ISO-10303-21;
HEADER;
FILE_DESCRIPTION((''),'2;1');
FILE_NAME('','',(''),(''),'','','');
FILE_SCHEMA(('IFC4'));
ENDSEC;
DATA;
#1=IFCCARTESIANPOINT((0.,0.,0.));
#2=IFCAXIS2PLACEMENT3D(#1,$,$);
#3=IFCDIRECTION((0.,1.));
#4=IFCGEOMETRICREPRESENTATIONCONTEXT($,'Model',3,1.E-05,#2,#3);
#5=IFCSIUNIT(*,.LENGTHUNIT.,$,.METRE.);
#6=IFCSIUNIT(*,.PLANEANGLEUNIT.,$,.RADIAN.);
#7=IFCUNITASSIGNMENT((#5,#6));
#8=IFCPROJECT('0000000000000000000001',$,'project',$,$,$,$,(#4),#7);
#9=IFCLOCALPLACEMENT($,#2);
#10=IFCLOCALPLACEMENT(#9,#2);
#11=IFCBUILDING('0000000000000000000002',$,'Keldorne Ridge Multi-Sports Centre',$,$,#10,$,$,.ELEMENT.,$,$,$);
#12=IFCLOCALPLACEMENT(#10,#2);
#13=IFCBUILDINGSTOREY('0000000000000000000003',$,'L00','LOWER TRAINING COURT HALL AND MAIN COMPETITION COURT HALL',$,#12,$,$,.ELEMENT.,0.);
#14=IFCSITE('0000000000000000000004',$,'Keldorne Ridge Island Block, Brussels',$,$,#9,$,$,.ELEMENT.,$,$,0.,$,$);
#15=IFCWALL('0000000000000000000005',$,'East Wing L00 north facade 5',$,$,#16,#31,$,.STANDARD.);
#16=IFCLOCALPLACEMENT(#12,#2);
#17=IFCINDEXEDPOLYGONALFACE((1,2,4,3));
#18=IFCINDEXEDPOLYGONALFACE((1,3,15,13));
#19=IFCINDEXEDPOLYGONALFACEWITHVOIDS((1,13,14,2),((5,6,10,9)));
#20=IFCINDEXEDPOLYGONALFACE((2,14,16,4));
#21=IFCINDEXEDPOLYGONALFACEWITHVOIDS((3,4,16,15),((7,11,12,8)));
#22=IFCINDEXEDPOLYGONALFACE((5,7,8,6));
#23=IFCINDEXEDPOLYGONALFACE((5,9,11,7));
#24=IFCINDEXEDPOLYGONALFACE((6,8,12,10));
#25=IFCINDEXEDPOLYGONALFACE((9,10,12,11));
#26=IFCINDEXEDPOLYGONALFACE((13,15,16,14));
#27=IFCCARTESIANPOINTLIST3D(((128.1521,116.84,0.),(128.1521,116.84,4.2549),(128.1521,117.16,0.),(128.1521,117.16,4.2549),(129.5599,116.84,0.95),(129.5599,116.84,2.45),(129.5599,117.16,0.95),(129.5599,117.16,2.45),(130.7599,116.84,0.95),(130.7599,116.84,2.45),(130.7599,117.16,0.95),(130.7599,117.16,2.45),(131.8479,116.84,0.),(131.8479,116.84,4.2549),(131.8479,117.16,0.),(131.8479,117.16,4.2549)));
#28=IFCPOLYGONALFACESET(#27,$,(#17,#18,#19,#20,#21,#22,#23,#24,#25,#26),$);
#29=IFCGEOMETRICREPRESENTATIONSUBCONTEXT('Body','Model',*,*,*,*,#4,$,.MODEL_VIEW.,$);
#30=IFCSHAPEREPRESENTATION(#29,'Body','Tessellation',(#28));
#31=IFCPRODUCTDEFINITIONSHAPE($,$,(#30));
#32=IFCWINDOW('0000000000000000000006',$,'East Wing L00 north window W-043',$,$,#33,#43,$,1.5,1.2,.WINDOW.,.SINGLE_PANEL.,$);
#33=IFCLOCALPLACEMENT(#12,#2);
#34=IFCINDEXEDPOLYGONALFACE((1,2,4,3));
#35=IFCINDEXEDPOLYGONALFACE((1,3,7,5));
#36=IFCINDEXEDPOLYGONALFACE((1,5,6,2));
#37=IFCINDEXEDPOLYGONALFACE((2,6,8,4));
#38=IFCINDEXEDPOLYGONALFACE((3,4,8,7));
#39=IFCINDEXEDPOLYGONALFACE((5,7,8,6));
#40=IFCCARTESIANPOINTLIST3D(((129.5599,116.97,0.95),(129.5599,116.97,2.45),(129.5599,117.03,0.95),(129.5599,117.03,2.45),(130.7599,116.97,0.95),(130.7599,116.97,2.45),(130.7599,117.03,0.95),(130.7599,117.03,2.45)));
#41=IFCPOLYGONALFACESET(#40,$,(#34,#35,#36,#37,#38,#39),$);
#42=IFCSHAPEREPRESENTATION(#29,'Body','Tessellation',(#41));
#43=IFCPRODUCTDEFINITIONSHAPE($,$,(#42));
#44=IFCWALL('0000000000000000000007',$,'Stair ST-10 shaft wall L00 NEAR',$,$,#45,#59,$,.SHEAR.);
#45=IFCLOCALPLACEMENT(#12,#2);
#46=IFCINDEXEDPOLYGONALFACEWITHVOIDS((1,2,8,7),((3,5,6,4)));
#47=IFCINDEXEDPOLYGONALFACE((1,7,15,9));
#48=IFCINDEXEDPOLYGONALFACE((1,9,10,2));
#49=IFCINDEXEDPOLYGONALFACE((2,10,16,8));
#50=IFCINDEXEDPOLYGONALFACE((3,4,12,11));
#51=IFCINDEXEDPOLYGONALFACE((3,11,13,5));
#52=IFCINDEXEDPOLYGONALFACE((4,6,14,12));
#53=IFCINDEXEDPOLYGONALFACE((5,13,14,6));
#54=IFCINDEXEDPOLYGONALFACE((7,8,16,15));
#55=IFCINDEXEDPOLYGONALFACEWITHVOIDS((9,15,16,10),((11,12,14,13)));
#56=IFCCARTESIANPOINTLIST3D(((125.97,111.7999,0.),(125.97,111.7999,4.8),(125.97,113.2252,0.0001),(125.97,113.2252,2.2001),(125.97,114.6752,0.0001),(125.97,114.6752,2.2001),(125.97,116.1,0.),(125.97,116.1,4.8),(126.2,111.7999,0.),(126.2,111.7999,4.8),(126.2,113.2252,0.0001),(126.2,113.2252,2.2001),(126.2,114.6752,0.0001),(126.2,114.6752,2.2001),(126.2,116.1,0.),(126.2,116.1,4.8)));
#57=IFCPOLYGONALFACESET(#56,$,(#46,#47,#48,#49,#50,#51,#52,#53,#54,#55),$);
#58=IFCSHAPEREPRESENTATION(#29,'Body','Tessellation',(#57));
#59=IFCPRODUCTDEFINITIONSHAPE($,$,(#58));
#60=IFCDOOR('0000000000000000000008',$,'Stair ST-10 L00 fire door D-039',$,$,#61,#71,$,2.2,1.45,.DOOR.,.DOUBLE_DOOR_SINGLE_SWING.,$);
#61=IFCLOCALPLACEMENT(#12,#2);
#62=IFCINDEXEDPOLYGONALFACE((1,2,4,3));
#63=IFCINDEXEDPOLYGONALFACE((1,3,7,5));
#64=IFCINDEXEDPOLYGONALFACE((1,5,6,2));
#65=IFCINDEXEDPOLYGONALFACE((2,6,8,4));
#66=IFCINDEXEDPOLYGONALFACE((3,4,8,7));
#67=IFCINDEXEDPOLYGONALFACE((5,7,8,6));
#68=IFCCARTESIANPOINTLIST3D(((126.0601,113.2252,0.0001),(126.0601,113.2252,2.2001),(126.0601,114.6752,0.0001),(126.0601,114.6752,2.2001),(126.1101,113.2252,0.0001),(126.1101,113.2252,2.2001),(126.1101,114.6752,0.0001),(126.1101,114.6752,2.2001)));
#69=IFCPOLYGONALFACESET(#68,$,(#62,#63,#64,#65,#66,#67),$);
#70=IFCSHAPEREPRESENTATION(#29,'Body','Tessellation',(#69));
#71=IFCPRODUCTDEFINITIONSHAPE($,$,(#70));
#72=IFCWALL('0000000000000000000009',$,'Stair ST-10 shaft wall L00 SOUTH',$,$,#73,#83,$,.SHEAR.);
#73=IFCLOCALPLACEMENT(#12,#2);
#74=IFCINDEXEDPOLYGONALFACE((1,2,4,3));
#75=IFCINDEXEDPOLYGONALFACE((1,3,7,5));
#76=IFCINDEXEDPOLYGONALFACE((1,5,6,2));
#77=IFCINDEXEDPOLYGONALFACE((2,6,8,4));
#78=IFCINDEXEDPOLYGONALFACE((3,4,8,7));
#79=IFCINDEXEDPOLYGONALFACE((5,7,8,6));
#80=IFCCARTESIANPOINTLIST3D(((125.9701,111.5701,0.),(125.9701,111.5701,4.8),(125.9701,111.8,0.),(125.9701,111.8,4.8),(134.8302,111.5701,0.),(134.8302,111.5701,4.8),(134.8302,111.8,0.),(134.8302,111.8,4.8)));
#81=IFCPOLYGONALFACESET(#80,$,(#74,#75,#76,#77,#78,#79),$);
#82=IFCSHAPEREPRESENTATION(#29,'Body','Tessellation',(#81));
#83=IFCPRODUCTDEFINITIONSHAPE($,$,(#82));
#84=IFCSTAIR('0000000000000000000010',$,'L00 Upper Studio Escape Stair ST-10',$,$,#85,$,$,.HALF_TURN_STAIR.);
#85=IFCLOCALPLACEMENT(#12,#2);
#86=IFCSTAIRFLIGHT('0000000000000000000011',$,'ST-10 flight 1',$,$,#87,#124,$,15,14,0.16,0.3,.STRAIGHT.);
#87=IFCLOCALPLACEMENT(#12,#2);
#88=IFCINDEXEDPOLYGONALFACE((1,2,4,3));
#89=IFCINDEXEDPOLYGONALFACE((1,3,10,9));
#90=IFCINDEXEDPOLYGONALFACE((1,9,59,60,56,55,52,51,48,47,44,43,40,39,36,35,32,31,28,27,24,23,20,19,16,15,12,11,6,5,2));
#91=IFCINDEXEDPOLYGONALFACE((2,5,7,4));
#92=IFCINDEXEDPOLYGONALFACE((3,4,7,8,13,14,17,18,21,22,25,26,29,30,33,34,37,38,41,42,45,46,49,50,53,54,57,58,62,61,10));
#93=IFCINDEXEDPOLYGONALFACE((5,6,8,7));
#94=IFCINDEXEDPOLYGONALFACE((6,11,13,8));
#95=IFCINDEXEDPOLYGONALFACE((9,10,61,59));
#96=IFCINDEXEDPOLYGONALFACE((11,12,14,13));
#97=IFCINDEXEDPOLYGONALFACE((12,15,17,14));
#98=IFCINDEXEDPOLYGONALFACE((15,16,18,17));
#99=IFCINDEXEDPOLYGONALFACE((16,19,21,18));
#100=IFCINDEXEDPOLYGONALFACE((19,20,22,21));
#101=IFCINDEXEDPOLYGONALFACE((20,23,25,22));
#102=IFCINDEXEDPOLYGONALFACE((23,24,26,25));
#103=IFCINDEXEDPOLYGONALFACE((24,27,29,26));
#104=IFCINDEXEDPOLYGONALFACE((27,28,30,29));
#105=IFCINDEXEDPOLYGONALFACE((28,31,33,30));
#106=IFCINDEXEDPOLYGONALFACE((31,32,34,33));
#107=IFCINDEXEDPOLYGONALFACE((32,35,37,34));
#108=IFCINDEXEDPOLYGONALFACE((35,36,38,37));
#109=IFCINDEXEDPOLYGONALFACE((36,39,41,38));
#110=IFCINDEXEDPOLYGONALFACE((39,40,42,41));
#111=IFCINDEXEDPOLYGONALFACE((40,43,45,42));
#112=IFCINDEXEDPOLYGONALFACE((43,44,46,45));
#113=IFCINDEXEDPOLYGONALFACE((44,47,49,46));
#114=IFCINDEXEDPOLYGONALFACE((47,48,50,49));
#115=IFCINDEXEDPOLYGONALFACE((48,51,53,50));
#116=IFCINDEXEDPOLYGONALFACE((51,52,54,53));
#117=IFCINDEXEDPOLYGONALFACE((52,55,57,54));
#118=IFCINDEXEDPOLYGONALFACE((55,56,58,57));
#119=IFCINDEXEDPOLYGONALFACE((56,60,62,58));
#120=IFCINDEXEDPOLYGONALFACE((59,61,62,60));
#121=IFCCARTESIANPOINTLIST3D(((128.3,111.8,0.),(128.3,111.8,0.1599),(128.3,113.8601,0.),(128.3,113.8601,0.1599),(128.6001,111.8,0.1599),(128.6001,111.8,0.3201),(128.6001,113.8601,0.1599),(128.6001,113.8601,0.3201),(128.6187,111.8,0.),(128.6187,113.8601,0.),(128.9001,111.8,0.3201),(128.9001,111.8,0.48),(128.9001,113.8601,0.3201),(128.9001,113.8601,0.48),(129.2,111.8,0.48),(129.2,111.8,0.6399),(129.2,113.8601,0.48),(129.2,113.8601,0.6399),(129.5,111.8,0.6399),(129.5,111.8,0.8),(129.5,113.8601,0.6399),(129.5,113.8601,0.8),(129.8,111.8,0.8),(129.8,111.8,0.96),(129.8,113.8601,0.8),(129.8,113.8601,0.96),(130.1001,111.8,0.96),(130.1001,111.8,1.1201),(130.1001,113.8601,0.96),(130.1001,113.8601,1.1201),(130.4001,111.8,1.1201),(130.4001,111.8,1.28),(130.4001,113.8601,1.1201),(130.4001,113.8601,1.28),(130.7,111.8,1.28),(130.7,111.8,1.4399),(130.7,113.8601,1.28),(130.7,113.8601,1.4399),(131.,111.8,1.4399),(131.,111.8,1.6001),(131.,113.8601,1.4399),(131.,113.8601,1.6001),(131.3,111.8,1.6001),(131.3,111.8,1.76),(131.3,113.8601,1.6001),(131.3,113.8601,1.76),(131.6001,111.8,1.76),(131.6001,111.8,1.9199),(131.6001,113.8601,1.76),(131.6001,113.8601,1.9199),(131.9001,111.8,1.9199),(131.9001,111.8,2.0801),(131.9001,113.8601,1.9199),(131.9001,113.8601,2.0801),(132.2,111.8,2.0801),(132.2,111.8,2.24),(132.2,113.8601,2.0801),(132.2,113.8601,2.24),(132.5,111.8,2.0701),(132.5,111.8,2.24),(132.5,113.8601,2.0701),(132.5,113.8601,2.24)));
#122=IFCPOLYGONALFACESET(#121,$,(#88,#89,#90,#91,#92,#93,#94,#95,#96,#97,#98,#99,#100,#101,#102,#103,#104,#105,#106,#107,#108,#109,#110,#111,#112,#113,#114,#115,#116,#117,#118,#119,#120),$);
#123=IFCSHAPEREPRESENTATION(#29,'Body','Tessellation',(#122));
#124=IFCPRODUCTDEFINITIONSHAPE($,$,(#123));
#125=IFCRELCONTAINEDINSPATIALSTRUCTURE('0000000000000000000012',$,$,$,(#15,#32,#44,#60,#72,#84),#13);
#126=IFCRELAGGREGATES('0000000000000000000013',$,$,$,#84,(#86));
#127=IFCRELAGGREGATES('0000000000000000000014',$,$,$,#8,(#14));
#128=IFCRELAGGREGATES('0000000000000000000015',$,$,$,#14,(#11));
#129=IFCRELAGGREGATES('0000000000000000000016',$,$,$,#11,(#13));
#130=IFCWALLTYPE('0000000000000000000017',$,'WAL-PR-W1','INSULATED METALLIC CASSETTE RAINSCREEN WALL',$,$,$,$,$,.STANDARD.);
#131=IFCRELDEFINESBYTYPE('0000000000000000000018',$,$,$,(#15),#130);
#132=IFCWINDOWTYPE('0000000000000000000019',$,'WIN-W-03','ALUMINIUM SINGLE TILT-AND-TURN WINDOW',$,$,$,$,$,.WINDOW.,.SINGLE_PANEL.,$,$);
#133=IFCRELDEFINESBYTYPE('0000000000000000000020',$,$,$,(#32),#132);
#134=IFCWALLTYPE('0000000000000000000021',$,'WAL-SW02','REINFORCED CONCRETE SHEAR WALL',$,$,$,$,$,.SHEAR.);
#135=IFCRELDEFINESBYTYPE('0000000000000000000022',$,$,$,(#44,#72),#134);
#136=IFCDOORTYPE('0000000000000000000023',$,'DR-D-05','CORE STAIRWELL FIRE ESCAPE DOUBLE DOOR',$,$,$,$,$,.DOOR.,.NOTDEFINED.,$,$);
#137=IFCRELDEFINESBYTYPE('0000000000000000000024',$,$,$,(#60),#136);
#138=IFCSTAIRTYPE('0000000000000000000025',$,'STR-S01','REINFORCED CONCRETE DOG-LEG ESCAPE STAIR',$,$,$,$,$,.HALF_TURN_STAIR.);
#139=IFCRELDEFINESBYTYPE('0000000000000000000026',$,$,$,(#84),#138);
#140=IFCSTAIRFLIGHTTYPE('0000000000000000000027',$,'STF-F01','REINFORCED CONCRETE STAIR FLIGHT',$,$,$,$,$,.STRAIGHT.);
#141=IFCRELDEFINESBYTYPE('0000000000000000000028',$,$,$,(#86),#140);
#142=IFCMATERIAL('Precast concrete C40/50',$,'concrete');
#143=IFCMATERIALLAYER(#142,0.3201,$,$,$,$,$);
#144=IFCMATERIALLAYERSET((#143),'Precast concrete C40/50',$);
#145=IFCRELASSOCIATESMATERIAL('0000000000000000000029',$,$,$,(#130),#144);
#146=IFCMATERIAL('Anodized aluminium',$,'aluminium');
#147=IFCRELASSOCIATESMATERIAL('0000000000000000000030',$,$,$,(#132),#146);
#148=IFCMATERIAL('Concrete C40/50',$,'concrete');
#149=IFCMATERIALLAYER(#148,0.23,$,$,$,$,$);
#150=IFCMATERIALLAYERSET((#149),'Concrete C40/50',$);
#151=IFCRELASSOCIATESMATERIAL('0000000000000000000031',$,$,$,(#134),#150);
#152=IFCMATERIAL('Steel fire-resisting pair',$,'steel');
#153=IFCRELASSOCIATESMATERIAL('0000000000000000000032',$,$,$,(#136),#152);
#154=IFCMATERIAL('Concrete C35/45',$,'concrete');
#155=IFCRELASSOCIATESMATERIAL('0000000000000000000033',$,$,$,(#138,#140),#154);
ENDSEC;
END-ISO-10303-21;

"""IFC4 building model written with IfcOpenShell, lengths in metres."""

from ifc_helpers import new_model, si_unit, direction, frame, frame_2d, origin, place, context, subcontext, project, spatial, polyline, rectangle, outline, extrude, material, layer, layer_set, type_object, element, fill, aggregate, save


model = new_model("IFC4")

# Units and contexts
model_context = context("Model", 3, precision=1e-05, world=origin(), true_north=direction((0.0, 1.0)))
body_context = subcontext(model_context, "Body", "Model", "MODEL_VIEW")
ifc_project = project(units=[si_unit("LENGTHUNIT", "METRE"), si_unit("PLANEANGLEUNIT", "RADIAN")], contexts=[model_context])

# Site, building, storey
site_placement = place(None, origin())
site = spatial("IfcSite", under=ifc_project, at=site_placement, Name="Keldorne Ridge Island Block, Brussels", CompositionType="ELEMENT", RefElevation=0.0)
building_placement = place(site_placement, origin())
building = spatial("IfcBuilding", under=site, at=building_placement, Name="Keldorne Ridge Multi-Sports Centre", CompositionType="ELEMENT")
storey_placement = place(building_placement, origin())
storey = spatial("IfcBuildingStorey", under=building, at=storey_placement, Name="L00", Description="LOWER TRAINING COURT HALL AND MAIN COMPETITION COURT HALL", CompositionType="ELEMENT", Elevation=0.0)

# Wall, opening, window
ifc_material_1 = material(Name="Precast concrete C40/50", Category="concrete")
ifc_layer_1 = layer(ifc_material_1, 0.3201)
ifc_layer_set_1 = layer_set([ifc_layer_1], Name="Precast concrete C40/50")
wall_type_1 = type_object("IfcWallType", Name="WAL-PR-W1", Description="INSULATED METALLIC CASSETTE RAINSCREEN WALL", PredefinedType="STANDARD", material=ifc_layer_set_1)
ifc_material_2 = material(Name="Anodized aluminium", Category="aluminium")
window_type = type_object("IfcWindowType", Name="WIN-W-03", Description="ALUMINIUM SINGLE TILT-AND-TURN WINDOW", PartitioningType="SINGLE_PANEL", PredefinedType="WINDOW", material=ifc_material_2)
wall_1_placement = place(storey_placement, frame((131.8479, 117.0, 0.0), z_axis=(0.0, 0.0, 1.0), x_axis=(-1.0, 0.0, 0.0)))
wall_1 = element("IfcWall", 1, at=wall_1_placement, inside=storey, type_object=wall_type_1, Name="East Wing L00 north facade 5", PredefinedType="STANDARD", context=body_context, shape_type="SweptSolid", body=[
    extrude(rectangle(XDim=3.6958, YDim=0.3201, at=frame_2d((1.8479, 0.0))), origin(), (0.0, 0.0, 1.0), 4.2549),
])
opening_1_placement = place(wall_1_placement, frame((1.0879, 0.0, 0.95)))
opening_1 = element("IfcOpeningElement", 2, at=opening_1_placement, cuts=wall_1, PredefinedType="OPENING", context=body_context, shape_type="SweptSolid", body=[
    extrude(rectangle(XDim=1.2, YDim=1.5, at=frame_2d((0.6001, 0.75))), frame((0.0, 0.1699, 0.0), z_axis=(0.0, -1.0, 0.0), x_axis=(1.0, 0.0, 0.0)), (0.0, 0.0, 1.0), 0.3401),
])
window_1_placement = place(opening_1_placement, origin())
window_1 = element("IfcWindow", 3, at=window_1_placement, inside=storey, type_object=window_type, Name="East Wing L00 north window W-043", OverallHeight=1.5, OverallWidth=1.2, PartitioningType="SINGLE_PANEL", PredefinedType="WINDOW", context=body_context, shape_type="SweptSolid", body=[
    extrude(rectangle(XDim=1.2, YDim=1.5, at=frame_2d((0.6001, 0.75))), frame((0.0, 0.03, 0.0), z_axis=(0.0, -1.0, 0.0), x_axis=(1.0, 0.0, 0.0)), (0.0, 0.0, 1.0), 0.0601),
])
fill(opening_1, window_1)

# Wall, opening, door
ifc_material_3 = material(Name="Concrete C40/50", Category="concrete")
ifc_layer_2 = layer(ifc_material_3, 0.23)
ifc_layer_set_2 = layer_set([ifc_layer_2], Name="Concrete C40/50")
wall_type_2 = type_object("IfcWallType", Name="WAL-SW02", Description="REINFORCED CONCRETE SHEAR WALL", PredefinedType="SHEAR", material=ifc_layer_set_2)
wall_2_placement = place(storey_placement, frame((126.085, 111.8, 0.0), z_axis=(0.0, 0.0, 1.0), x_axis=(0.0, 1.0, 0.0)))
wall_2 = element("IfcWall", 4, at=wall_2_placement, inside=storey, type_object=wall_type_2, Name="Stair ST-10 shaft wall L00 NEAR", PredefinedType="SHEAR", context=body_context, shape_type="SweptSolid", body=[
    extrude(rectangle(XDim=4.3, YDim=0.23, at=frame_2d((2.1499, 0.0))), origin(), (0.0, 0.0, 1.0), 4.8),
])
opening_2_placement = place(wall_2_placement, frame((1.425, 0.0, 0.0)))
opening_2 = element("IfcOpeningElement", 5, at=opening_2_placement, cuts=wall_2, PredefinedType="OPENING", context=body_context, shape_type="SweptSolid", body=[
    extrude(rectangle(XDim=1.45, YDim=2.2, at=frame_2d((0.7251, 1.1001))), frame((0.0, 0.125, 0.0), z_axis=(0.0, -1.0, 0.0), x_axis=(1.0, 0.0, 0.0)), (0.0, 0.0, 1.0), 0.25),
])
ifc_material_4 = material(Name="Steel fire-resisting pair", Category="steel")
door_type = type_object("IfcDoorType", Name="DR-D-05", Description="CORE STAIRWELL FIRE ESCAPE DOUBLE DOOR", OperationType="NOTDEFINED", PredefinedType="DOOR", material=ifc_material_4)
door_placement = place(opening_2_placement, origin())
door = element("IfcDoor", 6, at=door_placement, inside=storey, type_object=door_type, Name="Stair ST-10 L00 fire door D-039", OperationType="DOUBLE_DOOR_SINGLE_SWING", OverallHeight=2.2, OverallWidth=1.45, PredefinedType="DOOR", context=body_context, shape_type="SweptSolid", body=[
    extrude(rectangle(XDim=1.45, YDim=2.2, at=frame_2d((0.7251, 1.1001))), frame((0.0, 0.0249, 0.0), z_axis=(0.0, -1.0, 0.0), x_axis=(1.0, 0.0, 0.0)), (0.0, 0.0, 1.0), 0.05),
])
fill(opening_2, door)

# Wall
wall_3_placement = place(storey_placement, frame((125.97, 111.6851, 0.0), z_axis=(0.0, 0.0, 1.0), x_axis=(1.0, 0.0, 0.0)))
element("IfcWall", 7, at=wall_3_placement, inside=storey, type_object=wall_type_2, Name="Stair ST-10 shaft wall L00 SOUTH", PredefinedType="SHEAR", context=body_context, shape_type="SweptSolid", body=[
    extrude(rectangle(XDim=8.8601, YDim=0.23, at=frame_2d((4.4302, 0.0))), origin(), (0.0, 0.0, 1.0), 4.8),
])

# Stair, stair flight
ifc_material_5 = material(Name="Concrete C35/45", Category="concrete")
stair_type = type_object("IfcStairType", Name="STR-S01", Description="REINFORCED CONCRETE DOG-LEG ESCAPE STAIR", PredefinedType="HALF_TURN_STAIR", material=ifc_material_5)
stair_placement = place(storey_placement, origin())
stair = element("IfcStair", 8, at=stair_placement, inside=storey, type_object=stair_type, Name="L00 Upper Studio Escape Stair ST-10", PredefinedType="HALF_TURN_STAIR")
stair_flight_type = type_object("IfcStairFlightType", Name="STF-F01", Description="REINFORCED CONCRETE STAIR FLIGHT", PredefinedType="STRAIGHT", material=ifc_material_5)
stair_flight_placement = place(storey_placement, frame((128.3, 112.8301, 0.0), z_axis=(0.0, 0.0, 1.0), x_axis=(1.0, 0.0, 0.0)))
stair_flight = element("IfcStairFlight", 9, at=stair_flight_placement, type_object=stair_flight_type, Name="ST-10 flight 1", NumberOfRisers=15, NumberOfTreads=14, PredefinedType="STRAIGHT", RiserHeight=0.16, TreadLength=0.3, context=body_context, shape_type="SweptSolid", body=[
    extrude(outline(polyline([(0.0, 0.0), (0.0, 0.1599), (0.3, 0.1599), (0.3, 0.3201), (0.6001, 0.3201), (0.6001, 0.48), (0.8999, 0.48), (0.8999, 0.6399), (1.2, 0.6399), (1.2, 0.8), (1.5, 0.8), (1.5, 0.96), (1.8, 0.96), (1.8, 1.1201), (2.1001, 1.1201), (2.1001, 1.28), (2.3999, 1.28), (2.3999, 1.4399), (2.7, 1.4399), (2.7, 1.6001), (3.0, 1.6001), (3.0, 1.76), (3.3, 1.76), (3.3, 1.9199), (3.6001, 1.9199), (3.6001, 2.0801), (3.8999, 2.0801), (3.8999, 2.24), (4.2, 2.24), (4.2, 2.3999), (4.2, 2.0701), (0.3186, 0.0), (0.0, 0.0)])), frame((0.0, 1.03, 0.0), z_axis=(0.0, -1.0, 0.0), x_axis=(1.0, 0.0, 0.0)), (0.0, 0.0, 1.0), 2.0601),
])
aggregate(stair, [stair_flight])

save(model, "model.ifc")
